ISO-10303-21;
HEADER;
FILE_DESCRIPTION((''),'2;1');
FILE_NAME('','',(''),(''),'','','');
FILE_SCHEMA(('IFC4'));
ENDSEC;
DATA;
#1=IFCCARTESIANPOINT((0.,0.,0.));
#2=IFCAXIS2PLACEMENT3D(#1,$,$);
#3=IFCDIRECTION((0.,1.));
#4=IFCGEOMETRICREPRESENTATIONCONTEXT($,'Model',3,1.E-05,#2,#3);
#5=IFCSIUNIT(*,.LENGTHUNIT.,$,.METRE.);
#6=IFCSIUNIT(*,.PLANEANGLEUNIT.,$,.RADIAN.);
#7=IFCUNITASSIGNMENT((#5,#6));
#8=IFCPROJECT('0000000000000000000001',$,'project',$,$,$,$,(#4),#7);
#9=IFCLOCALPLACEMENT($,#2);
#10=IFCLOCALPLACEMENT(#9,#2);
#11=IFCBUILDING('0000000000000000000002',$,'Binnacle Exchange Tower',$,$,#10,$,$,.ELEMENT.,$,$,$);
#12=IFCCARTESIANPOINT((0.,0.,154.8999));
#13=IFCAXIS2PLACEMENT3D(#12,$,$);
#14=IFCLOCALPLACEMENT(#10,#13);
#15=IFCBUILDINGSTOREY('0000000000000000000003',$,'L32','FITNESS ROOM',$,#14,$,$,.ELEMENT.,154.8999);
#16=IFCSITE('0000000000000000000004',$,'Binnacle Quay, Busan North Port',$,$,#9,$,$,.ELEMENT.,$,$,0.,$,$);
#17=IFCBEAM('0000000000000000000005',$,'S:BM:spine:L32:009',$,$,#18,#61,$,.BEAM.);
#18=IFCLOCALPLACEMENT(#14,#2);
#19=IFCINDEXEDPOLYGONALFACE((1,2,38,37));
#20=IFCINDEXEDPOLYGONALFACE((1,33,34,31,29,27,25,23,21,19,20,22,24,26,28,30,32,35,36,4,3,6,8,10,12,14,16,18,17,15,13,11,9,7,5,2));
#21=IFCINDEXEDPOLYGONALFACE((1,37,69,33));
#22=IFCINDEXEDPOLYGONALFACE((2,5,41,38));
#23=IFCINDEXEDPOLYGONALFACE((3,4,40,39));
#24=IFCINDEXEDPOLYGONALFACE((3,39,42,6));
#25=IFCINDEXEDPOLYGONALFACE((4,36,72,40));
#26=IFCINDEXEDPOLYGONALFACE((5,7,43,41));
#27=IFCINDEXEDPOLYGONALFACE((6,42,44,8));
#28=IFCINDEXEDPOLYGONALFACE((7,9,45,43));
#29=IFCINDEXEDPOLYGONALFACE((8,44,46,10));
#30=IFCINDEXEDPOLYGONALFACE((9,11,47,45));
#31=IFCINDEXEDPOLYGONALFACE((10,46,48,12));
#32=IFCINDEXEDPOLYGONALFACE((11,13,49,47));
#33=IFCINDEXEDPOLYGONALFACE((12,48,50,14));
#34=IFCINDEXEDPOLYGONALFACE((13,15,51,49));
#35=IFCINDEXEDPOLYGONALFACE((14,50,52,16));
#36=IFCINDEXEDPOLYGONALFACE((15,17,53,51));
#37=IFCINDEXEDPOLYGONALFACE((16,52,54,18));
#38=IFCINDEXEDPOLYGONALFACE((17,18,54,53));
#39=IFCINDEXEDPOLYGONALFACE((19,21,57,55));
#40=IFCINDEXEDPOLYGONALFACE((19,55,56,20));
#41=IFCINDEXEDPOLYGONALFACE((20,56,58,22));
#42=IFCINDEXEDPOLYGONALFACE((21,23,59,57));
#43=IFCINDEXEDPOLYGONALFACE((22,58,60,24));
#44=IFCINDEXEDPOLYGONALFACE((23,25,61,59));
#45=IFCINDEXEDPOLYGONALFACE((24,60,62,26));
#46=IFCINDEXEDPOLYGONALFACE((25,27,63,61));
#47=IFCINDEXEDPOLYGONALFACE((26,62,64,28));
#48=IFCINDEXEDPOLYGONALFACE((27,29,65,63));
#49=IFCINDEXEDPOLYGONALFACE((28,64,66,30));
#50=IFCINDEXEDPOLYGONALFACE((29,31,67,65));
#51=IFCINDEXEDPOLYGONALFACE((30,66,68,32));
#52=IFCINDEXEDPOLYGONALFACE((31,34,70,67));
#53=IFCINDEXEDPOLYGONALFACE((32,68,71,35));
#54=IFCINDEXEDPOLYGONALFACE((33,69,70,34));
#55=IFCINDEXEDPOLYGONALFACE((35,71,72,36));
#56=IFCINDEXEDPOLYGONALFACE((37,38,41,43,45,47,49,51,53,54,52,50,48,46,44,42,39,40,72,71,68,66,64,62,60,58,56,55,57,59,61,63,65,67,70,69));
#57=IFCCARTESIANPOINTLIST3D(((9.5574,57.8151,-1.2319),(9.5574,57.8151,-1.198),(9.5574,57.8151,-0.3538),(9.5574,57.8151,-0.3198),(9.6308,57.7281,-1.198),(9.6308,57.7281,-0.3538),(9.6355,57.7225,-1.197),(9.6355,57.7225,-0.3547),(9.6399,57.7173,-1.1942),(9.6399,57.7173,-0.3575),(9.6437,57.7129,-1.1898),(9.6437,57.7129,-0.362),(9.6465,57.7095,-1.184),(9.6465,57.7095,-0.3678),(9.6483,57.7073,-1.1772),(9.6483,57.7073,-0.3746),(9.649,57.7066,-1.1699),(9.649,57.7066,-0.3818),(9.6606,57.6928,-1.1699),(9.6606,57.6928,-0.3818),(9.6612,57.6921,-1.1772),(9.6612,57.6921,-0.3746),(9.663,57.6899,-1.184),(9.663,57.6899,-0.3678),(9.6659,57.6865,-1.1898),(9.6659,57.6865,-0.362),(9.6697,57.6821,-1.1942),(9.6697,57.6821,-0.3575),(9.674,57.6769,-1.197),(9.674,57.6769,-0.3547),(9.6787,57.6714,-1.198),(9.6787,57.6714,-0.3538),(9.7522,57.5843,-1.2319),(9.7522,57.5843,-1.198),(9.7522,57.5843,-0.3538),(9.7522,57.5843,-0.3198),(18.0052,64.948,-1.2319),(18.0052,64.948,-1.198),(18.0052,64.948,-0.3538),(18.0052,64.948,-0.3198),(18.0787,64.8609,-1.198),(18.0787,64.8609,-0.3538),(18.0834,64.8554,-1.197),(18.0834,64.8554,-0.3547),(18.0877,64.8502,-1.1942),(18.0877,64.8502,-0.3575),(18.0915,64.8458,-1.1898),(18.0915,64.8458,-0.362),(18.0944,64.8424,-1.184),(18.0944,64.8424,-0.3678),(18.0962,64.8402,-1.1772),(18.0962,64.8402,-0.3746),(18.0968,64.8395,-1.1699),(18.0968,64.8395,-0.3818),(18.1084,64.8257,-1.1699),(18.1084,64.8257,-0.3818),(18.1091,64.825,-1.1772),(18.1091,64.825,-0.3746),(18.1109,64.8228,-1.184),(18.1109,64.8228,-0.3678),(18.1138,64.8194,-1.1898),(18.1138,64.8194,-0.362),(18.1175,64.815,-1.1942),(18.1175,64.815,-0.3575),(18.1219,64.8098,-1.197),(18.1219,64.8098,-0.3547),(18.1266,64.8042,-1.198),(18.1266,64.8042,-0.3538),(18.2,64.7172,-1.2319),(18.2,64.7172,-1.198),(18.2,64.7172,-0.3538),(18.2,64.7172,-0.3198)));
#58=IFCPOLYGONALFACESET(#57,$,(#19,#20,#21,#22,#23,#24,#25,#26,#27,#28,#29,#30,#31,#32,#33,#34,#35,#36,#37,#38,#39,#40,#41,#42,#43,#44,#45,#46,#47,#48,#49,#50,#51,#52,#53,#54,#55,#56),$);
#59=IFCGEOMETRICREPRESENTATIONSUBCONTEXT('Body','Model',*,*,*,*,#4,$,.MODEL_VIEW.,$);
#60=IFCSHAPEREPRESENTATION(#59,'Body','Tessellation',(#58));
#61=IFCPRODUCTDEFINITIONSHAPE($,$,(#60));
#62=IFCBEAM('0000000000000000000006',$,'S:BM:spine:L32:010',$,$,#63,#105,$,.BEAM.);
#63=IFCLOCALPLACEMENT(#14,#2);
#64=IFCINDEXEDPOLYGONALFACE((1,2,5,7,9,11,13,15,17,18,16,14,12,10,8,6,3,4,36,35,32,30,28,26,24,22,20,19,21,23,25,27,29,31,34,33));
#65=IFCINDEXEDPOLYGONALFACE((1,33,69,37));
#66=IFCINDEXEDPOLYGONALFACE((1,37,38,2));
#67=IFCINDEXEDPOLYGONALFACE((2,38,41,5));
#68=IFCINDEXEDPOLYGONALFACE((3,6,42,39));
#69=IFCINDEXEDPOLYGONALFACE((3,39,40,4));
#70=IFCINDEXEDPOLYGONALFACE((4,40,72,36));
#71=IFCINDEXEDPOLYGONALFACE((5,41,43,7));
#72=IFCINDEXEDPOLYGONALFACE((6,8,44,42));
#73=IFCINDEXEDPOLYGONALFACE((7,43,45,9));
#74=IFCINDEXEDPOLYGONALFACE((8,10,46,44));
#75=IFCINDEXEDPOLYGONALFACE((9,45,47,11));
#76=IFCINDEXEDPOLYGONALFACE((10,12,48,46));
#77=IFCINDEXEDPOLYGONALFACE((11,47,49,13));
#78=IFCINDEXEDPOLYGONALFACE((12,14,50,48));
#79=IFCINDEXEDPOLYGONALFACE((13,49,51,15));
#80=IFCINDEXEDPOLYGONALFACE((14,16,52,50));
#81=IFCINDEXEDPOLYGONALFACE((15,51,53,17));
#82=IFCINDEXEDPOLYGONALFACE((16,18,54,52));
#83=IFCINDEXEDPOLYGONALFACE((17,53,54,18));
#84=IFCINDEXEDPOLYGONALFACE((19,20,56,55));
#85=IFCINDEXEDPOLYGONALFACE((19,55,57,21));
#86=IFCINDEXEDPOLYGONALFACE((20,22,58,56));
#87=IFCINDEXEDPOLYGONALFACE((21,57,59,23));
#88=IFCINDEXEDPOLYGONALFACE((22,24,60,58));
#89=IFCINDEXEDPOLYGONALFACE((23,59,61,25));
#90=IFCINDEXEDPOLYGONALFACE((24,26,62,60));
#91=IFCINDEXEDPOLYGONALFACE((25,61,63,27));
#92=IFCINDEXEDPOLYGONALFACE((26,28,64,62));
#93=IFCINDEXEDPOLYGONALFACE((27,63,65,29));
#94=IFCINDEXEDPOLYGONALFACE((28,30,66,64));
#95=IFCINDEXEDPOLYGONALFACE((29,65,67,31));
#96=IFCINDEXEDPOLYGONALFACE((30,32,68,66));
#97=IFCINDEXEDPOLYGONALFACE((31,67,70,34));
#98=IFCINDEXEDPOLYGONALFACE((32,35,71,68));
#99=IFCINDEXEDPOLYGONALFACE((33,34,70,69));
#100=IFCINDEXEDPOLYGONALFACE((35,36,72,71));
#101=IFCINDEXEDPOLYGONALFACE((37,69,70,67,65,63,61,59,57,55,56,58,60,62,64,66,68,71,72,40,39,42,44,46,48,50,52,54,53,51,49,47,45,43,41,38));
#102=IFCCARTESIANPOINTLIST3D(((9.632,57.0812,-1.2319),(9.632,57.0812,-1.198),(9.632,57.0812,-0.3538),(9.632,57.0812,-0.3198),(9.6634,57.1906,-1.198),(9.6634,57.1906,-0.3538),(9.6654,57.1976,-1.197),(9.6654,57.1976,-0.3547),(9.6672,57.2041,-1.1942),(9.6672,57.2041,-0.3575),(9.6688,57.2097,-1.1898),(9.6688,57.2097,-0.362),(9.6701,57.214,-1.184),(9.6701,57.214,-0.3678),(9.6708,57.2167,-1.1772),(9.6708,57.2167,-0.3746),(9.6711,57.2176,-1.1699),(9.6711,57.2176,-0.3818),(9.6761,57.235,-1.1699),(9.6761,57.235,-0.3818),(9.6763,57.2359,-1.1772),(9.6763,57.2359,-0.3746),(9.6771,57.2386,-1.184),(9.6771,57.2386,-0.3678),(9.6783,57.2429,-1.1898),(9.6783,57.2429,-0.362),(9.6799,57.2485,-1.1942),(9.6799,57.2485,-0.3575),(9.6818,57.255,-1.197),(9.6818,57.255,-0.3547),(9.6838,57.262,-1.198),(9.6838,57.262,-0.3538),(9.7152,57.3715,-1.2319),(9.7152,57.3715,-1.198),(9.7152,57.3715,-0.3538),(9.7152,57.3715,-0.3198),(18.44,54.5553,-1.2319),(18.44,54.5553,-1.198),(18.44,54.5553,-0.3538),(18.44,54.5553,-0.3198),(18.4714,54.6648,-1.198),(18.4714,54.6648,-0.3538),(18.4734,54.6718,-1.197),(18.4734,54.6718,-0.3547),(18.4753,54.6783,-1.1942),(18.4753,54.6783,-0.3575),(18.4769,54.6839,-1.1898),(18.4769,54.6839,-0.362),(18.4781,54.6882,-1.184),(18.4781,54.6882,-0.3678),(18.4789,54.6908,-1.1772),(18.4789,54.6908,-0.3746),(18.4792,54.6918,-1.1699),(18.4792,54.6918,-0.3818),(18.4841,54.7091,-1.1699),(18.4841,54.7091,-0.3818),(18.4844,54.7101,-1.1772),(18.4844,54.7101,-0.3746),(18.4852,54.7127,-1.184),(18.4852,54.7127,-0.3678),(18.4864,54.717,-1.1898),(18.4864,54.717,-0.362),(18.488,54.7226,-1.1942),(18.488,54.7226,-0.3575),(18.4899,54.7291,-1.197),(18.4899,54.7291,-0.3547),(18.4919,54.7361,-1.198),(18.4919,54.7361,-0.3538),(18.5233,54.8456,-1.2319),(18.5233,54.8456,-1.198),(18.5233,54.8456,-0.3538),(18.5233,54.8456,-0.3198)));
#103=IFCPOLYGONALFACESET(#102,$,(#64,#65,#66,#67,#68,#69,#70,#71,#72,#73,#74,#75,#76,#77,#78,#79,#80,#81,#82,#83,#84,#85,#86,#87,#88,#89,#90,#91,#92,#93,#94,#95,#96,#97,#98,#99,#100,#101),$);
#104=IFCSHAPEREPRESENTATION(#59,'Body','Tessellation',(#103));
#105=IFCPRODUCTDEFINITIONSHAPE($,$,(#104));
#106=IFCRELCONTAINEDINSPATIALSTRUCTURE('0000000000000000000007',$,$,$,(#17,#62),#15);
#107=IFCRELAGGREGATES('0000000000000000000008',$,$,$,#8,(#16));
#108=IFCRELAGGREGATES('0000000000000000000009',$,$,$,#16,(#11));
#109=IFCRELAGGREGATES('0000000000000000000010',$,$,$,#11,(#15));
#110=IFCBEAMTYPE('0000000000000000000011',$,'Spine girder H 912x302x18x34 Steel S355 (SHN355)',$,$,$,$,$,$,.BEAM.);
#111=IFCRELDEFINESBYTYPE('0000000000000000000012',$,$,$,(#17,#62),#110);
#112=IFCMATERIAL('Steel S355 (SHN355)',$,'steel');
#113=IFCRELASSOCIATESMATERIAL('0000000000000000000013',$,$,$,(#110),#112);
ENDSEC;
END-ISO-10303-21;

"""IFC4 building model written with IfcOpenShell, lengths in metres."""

from ifc_helpers import new_model, si_unit, direction, frame, origin, origin_2d, place, context, subcontext, project, spatial, i_section, extrude, material, material_profile, profile_set, type_object, element, save


model = new_model("IFC4")

# Units and contexts
model_context = context("Model", 3, precision=1e-05, world=origin(), true_north=direction((0.0, 1.0)))
body_context = subcontext(model_context, "Body", "Model", "MODEL_VIEW")
ifc_project = project(units=[si_unit("LENGTHUNIT", "METRE"), si_unit("PLANEANGLEUNIT", "RADIAN")], contexts=[model_context])

# Site, building, storey
site_placement = place(None, origin())
site = spatial("IfcSite", under=ifc_project, at=site_placement, Name="Binnacle Quay, Busan North Port", CompositionType="ELEMENT", RefElevation=0.0)
building_placement = place(site_placement, origin())
building = spatial("IfcBuilding", under=site, at=building_placement, Name="Binnacle Exchange Tower", CompositionType="ELEMENT")
storey_placement = place(building_placement, frame((0.0, 0.0, 154.8999)))
storey = spatial("IfcBuildingStorey", under=building, at=storey_placement, Name="L32", Description="FITNESS ROOM", CompositionType="ELEMENT", Elevation=154.8999)

# Beams
ifc_material_1 = material(Name="Steel S355 (SHN355)", Category="steel")
ifc_material_profile_1 = material_profile(ifc_material_1, i_section(OverallWidth=0.302, OverallDepth=0.9121, WebThickness=0.0181, FlangeThickness=0.0339, FilletRadius=0.0281, at=origin_2d()), Name="H 912x302x18x34")
ifc_profile_set_1 = profile_set([ifc_material_profile_1], Name="Steel S355 (SHN355)")
beam_type_1 = type_object("IfcBeamType", Name="Spine girder H 912x302x18x34 Steel S355 (SHN355)", PredefinedType="BEAM", material=ifc_profile_set_1)
beam_1_placement = place(storey_placement, frame((9.6548, 57.6997, -0.7759), z_axis=(0.764068, 0.645136, 0.0), x_axis=(-0.645136, 0.764068, 0.0)))
element("IfcBeam", 1, at=beam_1_placement, inside=storey, type_object=beam_type_1, Name="S:BM:spine:L32:009", PredefinedType="BEAM", context=body_context, shape_type="SweptSolid", body=[
    extrude(i_section(OverallWidth=0.302, OverallDepth=0.9121, WebThickness=0.0181, FlangeThickness=0.0339, FilletRadius=0.0281, at=origin_2d()), origin(), (0.0, 0.0, 1.0), 11.0564),
])
beam_2_placement = place(storey_placement, frame((9.6736, 57.2263, -0.7759), z_axis=(0.961256, -0.275657, 0.0), x_axis=(0.275657, 0.961256, 0.0)))
element("IfcBeam", 2, at=beam_2_placement, inside=storey, type_object=beam_type_1, Name="S:BM:spine:L32:010", PredefinedType="BEAM", context=body_context, shape_type="SweptSolid", body=[
    extrude(i_section(OverallWidth=0.302, OverallDepth=0.9121, WebThickness=0.0181, FlangeThickness=0.0339, FilletRadius=0.0281, at=origin_2d()), origin(), (0.0, 0.0, 1.0), 9.1631),
])

save(model, "model.ifc")
